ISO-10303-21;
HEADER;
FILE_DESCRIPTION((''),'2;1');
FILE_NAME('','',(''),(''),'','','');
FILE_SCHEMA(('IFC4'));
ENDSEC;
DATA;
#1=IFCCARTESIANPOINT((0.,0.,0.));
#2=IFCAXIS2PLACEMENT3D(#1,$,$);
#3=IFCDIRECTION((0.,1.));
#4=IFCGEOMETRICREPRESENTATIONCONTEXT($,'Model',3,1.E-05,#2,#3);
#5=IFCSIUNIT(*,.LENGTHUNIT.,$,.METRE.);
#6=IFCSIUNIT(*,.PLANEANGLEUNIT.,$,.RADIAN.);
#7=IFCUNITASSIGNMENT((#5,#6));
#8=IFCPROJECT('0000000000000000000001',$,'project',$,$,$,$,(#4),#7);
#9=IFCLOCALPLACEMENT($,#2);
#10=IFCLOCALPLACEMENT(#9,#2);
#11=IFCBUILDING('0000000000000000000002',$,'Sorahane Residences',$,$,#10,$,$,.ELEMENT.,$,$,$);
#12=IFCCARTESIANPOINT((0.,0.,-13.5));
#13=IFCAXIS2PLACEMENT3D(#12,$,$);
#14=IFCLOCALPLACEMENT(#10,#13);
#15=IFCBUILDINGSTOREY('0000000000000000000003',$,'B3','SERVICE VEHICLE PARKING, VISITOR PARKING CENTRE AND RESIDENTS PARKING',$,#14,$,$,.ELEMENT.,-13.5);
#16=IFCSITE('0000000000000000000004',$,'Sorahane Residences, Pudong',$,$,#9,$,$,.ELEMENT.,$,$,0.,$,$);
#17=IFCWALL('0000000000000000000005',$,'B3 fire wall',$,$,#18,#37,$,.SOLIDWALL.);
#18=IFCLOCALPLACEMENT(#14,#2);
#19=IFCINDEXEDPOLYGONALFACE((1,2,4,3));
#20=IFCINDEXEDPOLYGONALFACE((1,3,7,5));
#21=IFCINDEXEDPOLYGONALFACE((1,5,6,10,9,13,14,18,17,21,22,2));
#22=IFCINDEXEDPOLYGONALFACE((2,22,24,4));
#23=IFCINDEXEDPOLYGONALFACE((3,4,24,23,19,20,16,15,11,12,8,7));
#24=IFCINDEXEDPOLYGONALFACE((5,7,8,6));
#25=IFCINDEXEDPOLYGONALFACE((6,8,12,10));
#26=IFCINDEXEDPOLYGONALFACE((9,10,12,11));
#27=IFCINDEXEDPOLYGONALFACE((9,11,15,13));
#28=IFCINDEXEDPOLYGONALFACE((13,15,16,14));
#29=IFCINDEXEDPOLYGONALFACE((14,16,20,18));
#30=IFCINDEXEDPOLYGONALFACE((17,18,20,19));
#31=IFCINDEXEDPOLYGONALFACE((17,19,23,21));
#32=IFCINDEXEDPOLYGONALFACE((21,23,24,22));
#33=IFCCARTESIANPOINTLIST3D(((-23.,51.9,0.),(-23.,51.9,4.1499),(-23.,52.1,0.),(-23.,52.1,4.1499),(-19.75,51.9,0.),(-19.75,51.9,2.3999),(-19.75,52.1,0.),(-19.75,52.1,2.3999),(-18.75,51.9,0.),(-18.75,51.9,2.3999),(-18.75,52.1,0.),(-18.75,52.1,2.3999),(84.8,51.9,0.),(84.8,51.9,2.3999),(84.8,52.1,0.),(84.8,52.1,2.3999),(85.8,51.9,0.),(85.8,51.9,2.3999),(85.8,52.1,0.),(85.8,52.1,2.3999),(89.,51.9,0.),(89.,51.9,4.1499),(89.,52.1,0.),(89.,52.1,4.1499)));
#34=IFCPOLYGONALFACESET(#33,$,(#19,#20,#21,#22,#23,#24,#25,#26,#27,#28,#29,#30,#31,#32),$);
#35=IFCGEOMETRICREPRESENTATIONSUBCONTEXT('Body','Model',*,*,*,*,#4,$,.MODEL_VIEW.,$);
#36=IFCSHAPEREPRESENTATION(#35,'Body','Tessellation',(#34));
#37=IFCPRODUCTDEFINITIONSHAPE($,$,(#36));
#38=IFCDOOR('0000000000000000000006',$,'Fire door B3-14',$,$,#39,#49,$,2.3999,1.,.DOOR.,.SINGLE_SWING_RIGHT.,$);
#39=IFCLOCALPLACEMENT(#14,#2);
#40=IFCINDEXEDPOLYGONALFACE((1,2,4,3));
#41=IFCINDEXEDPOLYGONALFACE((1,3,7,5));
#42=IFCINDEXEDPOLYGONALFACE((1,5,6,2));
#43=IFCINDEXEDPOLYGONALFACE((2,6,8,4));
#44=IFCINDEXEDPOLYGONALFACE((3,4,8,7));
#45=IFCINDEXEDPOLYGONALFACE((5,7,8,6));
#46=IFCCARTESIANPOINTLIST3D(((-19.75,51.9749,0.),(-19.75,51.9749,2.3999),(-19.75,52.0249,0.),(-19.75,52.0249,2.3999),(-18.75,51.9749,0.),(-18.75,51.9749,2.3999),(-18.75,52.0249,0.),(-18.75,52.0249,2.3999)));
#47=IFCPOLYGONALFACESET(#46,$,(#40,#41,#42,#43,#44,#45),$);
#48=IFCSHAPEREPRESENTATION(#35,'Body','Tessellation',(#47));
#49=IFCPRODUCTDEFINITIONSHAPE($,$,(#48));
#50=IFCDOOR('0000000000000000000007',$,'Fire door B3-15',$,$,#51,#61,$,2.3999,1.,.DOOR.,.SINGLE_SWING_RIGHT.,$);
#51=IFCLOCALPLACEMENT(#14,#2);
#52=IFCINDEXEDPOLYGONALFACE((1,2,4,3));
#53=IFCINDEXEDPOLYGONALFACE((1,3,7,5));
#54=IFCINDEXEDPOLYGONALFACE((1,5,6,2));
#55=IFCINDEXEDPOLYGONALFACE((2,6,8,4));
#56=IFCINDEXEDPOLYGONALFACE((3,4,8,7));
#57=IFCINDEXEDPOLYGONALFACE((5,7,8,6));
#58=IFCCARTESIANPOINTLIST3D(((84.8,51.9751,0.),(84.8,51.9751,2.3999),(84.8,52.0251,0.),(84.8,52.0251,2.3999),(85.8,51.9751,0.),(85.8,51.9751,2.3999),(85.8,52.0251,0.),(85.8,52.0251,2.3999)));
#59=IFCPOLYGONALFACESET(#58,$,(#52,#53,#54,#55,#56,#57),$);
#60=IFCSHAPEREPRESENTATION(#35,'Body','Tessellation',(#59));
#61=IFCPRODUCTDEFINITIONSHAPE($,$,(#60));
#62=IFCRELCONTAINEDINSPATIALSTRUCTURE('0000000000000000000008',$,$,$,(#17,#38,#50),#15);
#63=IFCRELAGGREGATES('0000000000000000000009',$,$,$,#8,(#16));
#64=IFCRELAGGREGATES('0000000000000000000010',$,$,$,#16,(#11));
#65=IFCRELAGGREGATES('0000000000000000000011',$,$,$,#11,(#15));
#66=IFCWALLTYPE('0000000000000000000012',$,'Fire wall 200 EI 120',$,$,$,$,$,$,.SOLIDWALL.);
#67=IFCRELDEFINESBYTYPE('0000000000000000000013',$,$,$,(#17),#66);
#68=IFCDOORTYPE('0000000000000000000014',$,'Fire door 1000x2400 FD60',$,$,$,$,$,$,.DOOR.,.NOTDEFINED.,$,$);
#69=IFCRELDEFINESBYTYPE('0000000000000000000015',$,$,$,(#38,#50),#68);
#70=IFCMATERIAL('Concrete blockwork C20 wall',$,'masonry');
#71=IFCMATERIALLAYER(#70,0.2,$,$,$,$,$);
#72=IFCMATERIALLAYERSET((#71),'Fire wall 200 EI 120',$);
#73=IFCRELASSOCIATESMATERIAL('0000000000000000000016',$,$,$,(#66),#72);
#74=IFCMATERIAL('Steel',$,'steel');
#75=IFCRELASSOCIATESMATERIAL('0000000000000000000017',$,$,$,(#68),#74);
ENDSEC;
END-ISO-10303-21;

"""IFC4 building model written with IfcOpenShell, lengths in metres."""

from ifc_helpers import new_model, si_unit, direction, frame, frame_2d, origin, place, context, subcontext, project, spatial, rectangle, extrude, material, layer, layer_set, type_object, element, fill, save


model = new_model("IFC4")

# Units and contexts
model_context = context("Model", 3, precision=1e-05, world=origin(), true_north=direction((0.0, 1.0)))
body_context = subcontext(model_context, "Body", "Model", "MODEL_VIEW")
ifc_project = project(units=[si_unit("LENGTHUNIT", "METRE"), si_unit("PLANEANGLEUNIT", "RADIAN")], contexts=[model_context])

# Site, building, storey
site_placement = place(None, origin())
site = spatial("IfcSite", under=ifc_project, at=site_placement, Name="Sorahane Residences, Pudong", CompositionType="ELEMENT", RefElevation=0.0)
building_placement = place(site_placement, origin())
building = spatial("IfcBuilding", under=site, at=building_placement, Name="Sorahane Residences", CompositionType="ELEMENT")
storey_placement = place(building_placement, frame((0.0, 0.0, -13.5)))
storey = spatial("IfcBuildingStorey", under=building, at=storey_placement, Name="B3", Description="SERVICE VEHICLE PARKING, VISITOR PARKING CENTRE AND RESIDENTS PARKING", CompositionType="ELEMENT", Elevation=-13.5)

# Shared definitions
ifc_material_1 = material(Name="Concrete blockwork C20 wall", Category="masonry")
ifc_layer_1 = layer(ifc_material_1, 0.2)
ifc_layer_set_1 = layer_set([ifc_layer_1], Name="Fire wall 200 EI 120")
wall_type_1 = type_object("IfcWallType", Name="Fire wall 200 EI 120", PredefinedType="SOLIDWALL", material=ifc_layer_set_1)

# Wall, openings, doors
wall_1_placement = place(storey_placement, frame((-23.0, 52.0, 0.0), z_axis=(0.0, 0.0, 1.0), x_axis=(1.0, 0.0, 0.0)))
wall_1 = element("IfcWall", 1, at=wall_1_placement, inside=storey, type_object=wall_type_1, Name="B3 fire wall", PredefinedType="SOLIDWALL", context=body_context, shape_type="SweptSolid", body=[
    extrude(rectangle(XDim=112.0, YDim=0.2, at=frame_2d((56.0, 0.0))), origin(), (0.0, 0.0, 1.0), 4.1499),
])
opening_1_placement = place(wall_1_placement, frame((3.25, 0.0, 0.0)))
opening_1 = element("IfcOpeningElement", 2, at=opening_1_placement, cuts=wall_1, PredefinedType="OPENING", context=body_context, shape_type="SweptSolid", body=[
    extrude(rectangle(XDim=1.0, YDim=2.3999, at=frame_2d((0.5, 1.2))), frame((0.0, 0.1099, 0.0), z_axis=(0.0, -1.0, 0.0), x_axis=(1.0, 0.0, 0.0)), (0.0, 0.0, 1.0), 0.22),
])
opening_2_placement = place(wall_1_placement, frame((107.8, 0.0, 0.0)))
opening_2 = element("IfcOpeningElement", 3, at=opening_2_placement, cuts=wall_1, PredefinedType="OPENING", context=body_context, shape_type="SweptSolid", body=[
    extrude(rectangle(XDim=1.0, YDim=2.3999, at=frame_2d((0.5, 1.2))), frame((0.0, 0.1099, 0.0), z_axis=(0.0, -1.0, 0.0), x_axis=(1.0, 0.0, 0.0)), (0.0, 0.0, 1.0), 0.22),
])
ifc_material_2 = material(Name="Steel", Category="steel")
door_type_1 = type_object("IfcDoorType", Name="Fire door 1000x2400 FD60", OperationType="NOTDEFINED", PredefinedType="DOOR", material=ifc_material_2)
door_1_placement = place(opening_1_placement, origin())
door_1 = element("IfcDoor", 4, at=door_1_placement, inside=storey, type_object=door_type_1, Name="Fire door B3-14", OperationType="SINGLE_SWING_RIGHT", OverallHeight=2.3999, OverallWidth=1.0, PredefinedType="DOOR", context=body_context, shape_type="SweptSolid", body=[
    extrude(rectangle(XDim=1.0, YDim=2.3999, at=frame_2d((0.5, 1.2))), frame((0.0, 0.0249, 0.0), z_axis=(0.0, -1.0, 0.0), x_axis=(1.0, 0.0, 0.0)), (0.0, 0.0, 1.0), 0.05),
])
fill(opening_1, door_1)
door_2_placement = place(opening_2_placement, frame((1.0, 0.0, 0.0), z_axis=(0.0, 0.0, 1.0), x_axis=(-1.0, 0.0, 0.0)))
door_2 = element("IfcDoor", 5, at=door_2_placement, inside=storey, type_object=door_type_1, Name="Fire door B3-15", OperationType="SINGLE_SWING_RIGHT", OverallHeight=2.3999, OverallWidth=1.0, PredefinedType="DOOR", context=body_context, shape_type="SweptSolid", body=[
    extrude(rectangle(XDim=1.0, YDim=2.3999, at=frame_2d((0.5, 1.2))), frame((0.0, 0.0249, 0.0), z_axis=(0.0, -1.0, 0.0), x_axis=(1.0, 0.0, 0.0)), (0.0, 0.0, 1.0), 0.05),
])
fill(opening_2, door_2)

save(model, "model.ifc")
